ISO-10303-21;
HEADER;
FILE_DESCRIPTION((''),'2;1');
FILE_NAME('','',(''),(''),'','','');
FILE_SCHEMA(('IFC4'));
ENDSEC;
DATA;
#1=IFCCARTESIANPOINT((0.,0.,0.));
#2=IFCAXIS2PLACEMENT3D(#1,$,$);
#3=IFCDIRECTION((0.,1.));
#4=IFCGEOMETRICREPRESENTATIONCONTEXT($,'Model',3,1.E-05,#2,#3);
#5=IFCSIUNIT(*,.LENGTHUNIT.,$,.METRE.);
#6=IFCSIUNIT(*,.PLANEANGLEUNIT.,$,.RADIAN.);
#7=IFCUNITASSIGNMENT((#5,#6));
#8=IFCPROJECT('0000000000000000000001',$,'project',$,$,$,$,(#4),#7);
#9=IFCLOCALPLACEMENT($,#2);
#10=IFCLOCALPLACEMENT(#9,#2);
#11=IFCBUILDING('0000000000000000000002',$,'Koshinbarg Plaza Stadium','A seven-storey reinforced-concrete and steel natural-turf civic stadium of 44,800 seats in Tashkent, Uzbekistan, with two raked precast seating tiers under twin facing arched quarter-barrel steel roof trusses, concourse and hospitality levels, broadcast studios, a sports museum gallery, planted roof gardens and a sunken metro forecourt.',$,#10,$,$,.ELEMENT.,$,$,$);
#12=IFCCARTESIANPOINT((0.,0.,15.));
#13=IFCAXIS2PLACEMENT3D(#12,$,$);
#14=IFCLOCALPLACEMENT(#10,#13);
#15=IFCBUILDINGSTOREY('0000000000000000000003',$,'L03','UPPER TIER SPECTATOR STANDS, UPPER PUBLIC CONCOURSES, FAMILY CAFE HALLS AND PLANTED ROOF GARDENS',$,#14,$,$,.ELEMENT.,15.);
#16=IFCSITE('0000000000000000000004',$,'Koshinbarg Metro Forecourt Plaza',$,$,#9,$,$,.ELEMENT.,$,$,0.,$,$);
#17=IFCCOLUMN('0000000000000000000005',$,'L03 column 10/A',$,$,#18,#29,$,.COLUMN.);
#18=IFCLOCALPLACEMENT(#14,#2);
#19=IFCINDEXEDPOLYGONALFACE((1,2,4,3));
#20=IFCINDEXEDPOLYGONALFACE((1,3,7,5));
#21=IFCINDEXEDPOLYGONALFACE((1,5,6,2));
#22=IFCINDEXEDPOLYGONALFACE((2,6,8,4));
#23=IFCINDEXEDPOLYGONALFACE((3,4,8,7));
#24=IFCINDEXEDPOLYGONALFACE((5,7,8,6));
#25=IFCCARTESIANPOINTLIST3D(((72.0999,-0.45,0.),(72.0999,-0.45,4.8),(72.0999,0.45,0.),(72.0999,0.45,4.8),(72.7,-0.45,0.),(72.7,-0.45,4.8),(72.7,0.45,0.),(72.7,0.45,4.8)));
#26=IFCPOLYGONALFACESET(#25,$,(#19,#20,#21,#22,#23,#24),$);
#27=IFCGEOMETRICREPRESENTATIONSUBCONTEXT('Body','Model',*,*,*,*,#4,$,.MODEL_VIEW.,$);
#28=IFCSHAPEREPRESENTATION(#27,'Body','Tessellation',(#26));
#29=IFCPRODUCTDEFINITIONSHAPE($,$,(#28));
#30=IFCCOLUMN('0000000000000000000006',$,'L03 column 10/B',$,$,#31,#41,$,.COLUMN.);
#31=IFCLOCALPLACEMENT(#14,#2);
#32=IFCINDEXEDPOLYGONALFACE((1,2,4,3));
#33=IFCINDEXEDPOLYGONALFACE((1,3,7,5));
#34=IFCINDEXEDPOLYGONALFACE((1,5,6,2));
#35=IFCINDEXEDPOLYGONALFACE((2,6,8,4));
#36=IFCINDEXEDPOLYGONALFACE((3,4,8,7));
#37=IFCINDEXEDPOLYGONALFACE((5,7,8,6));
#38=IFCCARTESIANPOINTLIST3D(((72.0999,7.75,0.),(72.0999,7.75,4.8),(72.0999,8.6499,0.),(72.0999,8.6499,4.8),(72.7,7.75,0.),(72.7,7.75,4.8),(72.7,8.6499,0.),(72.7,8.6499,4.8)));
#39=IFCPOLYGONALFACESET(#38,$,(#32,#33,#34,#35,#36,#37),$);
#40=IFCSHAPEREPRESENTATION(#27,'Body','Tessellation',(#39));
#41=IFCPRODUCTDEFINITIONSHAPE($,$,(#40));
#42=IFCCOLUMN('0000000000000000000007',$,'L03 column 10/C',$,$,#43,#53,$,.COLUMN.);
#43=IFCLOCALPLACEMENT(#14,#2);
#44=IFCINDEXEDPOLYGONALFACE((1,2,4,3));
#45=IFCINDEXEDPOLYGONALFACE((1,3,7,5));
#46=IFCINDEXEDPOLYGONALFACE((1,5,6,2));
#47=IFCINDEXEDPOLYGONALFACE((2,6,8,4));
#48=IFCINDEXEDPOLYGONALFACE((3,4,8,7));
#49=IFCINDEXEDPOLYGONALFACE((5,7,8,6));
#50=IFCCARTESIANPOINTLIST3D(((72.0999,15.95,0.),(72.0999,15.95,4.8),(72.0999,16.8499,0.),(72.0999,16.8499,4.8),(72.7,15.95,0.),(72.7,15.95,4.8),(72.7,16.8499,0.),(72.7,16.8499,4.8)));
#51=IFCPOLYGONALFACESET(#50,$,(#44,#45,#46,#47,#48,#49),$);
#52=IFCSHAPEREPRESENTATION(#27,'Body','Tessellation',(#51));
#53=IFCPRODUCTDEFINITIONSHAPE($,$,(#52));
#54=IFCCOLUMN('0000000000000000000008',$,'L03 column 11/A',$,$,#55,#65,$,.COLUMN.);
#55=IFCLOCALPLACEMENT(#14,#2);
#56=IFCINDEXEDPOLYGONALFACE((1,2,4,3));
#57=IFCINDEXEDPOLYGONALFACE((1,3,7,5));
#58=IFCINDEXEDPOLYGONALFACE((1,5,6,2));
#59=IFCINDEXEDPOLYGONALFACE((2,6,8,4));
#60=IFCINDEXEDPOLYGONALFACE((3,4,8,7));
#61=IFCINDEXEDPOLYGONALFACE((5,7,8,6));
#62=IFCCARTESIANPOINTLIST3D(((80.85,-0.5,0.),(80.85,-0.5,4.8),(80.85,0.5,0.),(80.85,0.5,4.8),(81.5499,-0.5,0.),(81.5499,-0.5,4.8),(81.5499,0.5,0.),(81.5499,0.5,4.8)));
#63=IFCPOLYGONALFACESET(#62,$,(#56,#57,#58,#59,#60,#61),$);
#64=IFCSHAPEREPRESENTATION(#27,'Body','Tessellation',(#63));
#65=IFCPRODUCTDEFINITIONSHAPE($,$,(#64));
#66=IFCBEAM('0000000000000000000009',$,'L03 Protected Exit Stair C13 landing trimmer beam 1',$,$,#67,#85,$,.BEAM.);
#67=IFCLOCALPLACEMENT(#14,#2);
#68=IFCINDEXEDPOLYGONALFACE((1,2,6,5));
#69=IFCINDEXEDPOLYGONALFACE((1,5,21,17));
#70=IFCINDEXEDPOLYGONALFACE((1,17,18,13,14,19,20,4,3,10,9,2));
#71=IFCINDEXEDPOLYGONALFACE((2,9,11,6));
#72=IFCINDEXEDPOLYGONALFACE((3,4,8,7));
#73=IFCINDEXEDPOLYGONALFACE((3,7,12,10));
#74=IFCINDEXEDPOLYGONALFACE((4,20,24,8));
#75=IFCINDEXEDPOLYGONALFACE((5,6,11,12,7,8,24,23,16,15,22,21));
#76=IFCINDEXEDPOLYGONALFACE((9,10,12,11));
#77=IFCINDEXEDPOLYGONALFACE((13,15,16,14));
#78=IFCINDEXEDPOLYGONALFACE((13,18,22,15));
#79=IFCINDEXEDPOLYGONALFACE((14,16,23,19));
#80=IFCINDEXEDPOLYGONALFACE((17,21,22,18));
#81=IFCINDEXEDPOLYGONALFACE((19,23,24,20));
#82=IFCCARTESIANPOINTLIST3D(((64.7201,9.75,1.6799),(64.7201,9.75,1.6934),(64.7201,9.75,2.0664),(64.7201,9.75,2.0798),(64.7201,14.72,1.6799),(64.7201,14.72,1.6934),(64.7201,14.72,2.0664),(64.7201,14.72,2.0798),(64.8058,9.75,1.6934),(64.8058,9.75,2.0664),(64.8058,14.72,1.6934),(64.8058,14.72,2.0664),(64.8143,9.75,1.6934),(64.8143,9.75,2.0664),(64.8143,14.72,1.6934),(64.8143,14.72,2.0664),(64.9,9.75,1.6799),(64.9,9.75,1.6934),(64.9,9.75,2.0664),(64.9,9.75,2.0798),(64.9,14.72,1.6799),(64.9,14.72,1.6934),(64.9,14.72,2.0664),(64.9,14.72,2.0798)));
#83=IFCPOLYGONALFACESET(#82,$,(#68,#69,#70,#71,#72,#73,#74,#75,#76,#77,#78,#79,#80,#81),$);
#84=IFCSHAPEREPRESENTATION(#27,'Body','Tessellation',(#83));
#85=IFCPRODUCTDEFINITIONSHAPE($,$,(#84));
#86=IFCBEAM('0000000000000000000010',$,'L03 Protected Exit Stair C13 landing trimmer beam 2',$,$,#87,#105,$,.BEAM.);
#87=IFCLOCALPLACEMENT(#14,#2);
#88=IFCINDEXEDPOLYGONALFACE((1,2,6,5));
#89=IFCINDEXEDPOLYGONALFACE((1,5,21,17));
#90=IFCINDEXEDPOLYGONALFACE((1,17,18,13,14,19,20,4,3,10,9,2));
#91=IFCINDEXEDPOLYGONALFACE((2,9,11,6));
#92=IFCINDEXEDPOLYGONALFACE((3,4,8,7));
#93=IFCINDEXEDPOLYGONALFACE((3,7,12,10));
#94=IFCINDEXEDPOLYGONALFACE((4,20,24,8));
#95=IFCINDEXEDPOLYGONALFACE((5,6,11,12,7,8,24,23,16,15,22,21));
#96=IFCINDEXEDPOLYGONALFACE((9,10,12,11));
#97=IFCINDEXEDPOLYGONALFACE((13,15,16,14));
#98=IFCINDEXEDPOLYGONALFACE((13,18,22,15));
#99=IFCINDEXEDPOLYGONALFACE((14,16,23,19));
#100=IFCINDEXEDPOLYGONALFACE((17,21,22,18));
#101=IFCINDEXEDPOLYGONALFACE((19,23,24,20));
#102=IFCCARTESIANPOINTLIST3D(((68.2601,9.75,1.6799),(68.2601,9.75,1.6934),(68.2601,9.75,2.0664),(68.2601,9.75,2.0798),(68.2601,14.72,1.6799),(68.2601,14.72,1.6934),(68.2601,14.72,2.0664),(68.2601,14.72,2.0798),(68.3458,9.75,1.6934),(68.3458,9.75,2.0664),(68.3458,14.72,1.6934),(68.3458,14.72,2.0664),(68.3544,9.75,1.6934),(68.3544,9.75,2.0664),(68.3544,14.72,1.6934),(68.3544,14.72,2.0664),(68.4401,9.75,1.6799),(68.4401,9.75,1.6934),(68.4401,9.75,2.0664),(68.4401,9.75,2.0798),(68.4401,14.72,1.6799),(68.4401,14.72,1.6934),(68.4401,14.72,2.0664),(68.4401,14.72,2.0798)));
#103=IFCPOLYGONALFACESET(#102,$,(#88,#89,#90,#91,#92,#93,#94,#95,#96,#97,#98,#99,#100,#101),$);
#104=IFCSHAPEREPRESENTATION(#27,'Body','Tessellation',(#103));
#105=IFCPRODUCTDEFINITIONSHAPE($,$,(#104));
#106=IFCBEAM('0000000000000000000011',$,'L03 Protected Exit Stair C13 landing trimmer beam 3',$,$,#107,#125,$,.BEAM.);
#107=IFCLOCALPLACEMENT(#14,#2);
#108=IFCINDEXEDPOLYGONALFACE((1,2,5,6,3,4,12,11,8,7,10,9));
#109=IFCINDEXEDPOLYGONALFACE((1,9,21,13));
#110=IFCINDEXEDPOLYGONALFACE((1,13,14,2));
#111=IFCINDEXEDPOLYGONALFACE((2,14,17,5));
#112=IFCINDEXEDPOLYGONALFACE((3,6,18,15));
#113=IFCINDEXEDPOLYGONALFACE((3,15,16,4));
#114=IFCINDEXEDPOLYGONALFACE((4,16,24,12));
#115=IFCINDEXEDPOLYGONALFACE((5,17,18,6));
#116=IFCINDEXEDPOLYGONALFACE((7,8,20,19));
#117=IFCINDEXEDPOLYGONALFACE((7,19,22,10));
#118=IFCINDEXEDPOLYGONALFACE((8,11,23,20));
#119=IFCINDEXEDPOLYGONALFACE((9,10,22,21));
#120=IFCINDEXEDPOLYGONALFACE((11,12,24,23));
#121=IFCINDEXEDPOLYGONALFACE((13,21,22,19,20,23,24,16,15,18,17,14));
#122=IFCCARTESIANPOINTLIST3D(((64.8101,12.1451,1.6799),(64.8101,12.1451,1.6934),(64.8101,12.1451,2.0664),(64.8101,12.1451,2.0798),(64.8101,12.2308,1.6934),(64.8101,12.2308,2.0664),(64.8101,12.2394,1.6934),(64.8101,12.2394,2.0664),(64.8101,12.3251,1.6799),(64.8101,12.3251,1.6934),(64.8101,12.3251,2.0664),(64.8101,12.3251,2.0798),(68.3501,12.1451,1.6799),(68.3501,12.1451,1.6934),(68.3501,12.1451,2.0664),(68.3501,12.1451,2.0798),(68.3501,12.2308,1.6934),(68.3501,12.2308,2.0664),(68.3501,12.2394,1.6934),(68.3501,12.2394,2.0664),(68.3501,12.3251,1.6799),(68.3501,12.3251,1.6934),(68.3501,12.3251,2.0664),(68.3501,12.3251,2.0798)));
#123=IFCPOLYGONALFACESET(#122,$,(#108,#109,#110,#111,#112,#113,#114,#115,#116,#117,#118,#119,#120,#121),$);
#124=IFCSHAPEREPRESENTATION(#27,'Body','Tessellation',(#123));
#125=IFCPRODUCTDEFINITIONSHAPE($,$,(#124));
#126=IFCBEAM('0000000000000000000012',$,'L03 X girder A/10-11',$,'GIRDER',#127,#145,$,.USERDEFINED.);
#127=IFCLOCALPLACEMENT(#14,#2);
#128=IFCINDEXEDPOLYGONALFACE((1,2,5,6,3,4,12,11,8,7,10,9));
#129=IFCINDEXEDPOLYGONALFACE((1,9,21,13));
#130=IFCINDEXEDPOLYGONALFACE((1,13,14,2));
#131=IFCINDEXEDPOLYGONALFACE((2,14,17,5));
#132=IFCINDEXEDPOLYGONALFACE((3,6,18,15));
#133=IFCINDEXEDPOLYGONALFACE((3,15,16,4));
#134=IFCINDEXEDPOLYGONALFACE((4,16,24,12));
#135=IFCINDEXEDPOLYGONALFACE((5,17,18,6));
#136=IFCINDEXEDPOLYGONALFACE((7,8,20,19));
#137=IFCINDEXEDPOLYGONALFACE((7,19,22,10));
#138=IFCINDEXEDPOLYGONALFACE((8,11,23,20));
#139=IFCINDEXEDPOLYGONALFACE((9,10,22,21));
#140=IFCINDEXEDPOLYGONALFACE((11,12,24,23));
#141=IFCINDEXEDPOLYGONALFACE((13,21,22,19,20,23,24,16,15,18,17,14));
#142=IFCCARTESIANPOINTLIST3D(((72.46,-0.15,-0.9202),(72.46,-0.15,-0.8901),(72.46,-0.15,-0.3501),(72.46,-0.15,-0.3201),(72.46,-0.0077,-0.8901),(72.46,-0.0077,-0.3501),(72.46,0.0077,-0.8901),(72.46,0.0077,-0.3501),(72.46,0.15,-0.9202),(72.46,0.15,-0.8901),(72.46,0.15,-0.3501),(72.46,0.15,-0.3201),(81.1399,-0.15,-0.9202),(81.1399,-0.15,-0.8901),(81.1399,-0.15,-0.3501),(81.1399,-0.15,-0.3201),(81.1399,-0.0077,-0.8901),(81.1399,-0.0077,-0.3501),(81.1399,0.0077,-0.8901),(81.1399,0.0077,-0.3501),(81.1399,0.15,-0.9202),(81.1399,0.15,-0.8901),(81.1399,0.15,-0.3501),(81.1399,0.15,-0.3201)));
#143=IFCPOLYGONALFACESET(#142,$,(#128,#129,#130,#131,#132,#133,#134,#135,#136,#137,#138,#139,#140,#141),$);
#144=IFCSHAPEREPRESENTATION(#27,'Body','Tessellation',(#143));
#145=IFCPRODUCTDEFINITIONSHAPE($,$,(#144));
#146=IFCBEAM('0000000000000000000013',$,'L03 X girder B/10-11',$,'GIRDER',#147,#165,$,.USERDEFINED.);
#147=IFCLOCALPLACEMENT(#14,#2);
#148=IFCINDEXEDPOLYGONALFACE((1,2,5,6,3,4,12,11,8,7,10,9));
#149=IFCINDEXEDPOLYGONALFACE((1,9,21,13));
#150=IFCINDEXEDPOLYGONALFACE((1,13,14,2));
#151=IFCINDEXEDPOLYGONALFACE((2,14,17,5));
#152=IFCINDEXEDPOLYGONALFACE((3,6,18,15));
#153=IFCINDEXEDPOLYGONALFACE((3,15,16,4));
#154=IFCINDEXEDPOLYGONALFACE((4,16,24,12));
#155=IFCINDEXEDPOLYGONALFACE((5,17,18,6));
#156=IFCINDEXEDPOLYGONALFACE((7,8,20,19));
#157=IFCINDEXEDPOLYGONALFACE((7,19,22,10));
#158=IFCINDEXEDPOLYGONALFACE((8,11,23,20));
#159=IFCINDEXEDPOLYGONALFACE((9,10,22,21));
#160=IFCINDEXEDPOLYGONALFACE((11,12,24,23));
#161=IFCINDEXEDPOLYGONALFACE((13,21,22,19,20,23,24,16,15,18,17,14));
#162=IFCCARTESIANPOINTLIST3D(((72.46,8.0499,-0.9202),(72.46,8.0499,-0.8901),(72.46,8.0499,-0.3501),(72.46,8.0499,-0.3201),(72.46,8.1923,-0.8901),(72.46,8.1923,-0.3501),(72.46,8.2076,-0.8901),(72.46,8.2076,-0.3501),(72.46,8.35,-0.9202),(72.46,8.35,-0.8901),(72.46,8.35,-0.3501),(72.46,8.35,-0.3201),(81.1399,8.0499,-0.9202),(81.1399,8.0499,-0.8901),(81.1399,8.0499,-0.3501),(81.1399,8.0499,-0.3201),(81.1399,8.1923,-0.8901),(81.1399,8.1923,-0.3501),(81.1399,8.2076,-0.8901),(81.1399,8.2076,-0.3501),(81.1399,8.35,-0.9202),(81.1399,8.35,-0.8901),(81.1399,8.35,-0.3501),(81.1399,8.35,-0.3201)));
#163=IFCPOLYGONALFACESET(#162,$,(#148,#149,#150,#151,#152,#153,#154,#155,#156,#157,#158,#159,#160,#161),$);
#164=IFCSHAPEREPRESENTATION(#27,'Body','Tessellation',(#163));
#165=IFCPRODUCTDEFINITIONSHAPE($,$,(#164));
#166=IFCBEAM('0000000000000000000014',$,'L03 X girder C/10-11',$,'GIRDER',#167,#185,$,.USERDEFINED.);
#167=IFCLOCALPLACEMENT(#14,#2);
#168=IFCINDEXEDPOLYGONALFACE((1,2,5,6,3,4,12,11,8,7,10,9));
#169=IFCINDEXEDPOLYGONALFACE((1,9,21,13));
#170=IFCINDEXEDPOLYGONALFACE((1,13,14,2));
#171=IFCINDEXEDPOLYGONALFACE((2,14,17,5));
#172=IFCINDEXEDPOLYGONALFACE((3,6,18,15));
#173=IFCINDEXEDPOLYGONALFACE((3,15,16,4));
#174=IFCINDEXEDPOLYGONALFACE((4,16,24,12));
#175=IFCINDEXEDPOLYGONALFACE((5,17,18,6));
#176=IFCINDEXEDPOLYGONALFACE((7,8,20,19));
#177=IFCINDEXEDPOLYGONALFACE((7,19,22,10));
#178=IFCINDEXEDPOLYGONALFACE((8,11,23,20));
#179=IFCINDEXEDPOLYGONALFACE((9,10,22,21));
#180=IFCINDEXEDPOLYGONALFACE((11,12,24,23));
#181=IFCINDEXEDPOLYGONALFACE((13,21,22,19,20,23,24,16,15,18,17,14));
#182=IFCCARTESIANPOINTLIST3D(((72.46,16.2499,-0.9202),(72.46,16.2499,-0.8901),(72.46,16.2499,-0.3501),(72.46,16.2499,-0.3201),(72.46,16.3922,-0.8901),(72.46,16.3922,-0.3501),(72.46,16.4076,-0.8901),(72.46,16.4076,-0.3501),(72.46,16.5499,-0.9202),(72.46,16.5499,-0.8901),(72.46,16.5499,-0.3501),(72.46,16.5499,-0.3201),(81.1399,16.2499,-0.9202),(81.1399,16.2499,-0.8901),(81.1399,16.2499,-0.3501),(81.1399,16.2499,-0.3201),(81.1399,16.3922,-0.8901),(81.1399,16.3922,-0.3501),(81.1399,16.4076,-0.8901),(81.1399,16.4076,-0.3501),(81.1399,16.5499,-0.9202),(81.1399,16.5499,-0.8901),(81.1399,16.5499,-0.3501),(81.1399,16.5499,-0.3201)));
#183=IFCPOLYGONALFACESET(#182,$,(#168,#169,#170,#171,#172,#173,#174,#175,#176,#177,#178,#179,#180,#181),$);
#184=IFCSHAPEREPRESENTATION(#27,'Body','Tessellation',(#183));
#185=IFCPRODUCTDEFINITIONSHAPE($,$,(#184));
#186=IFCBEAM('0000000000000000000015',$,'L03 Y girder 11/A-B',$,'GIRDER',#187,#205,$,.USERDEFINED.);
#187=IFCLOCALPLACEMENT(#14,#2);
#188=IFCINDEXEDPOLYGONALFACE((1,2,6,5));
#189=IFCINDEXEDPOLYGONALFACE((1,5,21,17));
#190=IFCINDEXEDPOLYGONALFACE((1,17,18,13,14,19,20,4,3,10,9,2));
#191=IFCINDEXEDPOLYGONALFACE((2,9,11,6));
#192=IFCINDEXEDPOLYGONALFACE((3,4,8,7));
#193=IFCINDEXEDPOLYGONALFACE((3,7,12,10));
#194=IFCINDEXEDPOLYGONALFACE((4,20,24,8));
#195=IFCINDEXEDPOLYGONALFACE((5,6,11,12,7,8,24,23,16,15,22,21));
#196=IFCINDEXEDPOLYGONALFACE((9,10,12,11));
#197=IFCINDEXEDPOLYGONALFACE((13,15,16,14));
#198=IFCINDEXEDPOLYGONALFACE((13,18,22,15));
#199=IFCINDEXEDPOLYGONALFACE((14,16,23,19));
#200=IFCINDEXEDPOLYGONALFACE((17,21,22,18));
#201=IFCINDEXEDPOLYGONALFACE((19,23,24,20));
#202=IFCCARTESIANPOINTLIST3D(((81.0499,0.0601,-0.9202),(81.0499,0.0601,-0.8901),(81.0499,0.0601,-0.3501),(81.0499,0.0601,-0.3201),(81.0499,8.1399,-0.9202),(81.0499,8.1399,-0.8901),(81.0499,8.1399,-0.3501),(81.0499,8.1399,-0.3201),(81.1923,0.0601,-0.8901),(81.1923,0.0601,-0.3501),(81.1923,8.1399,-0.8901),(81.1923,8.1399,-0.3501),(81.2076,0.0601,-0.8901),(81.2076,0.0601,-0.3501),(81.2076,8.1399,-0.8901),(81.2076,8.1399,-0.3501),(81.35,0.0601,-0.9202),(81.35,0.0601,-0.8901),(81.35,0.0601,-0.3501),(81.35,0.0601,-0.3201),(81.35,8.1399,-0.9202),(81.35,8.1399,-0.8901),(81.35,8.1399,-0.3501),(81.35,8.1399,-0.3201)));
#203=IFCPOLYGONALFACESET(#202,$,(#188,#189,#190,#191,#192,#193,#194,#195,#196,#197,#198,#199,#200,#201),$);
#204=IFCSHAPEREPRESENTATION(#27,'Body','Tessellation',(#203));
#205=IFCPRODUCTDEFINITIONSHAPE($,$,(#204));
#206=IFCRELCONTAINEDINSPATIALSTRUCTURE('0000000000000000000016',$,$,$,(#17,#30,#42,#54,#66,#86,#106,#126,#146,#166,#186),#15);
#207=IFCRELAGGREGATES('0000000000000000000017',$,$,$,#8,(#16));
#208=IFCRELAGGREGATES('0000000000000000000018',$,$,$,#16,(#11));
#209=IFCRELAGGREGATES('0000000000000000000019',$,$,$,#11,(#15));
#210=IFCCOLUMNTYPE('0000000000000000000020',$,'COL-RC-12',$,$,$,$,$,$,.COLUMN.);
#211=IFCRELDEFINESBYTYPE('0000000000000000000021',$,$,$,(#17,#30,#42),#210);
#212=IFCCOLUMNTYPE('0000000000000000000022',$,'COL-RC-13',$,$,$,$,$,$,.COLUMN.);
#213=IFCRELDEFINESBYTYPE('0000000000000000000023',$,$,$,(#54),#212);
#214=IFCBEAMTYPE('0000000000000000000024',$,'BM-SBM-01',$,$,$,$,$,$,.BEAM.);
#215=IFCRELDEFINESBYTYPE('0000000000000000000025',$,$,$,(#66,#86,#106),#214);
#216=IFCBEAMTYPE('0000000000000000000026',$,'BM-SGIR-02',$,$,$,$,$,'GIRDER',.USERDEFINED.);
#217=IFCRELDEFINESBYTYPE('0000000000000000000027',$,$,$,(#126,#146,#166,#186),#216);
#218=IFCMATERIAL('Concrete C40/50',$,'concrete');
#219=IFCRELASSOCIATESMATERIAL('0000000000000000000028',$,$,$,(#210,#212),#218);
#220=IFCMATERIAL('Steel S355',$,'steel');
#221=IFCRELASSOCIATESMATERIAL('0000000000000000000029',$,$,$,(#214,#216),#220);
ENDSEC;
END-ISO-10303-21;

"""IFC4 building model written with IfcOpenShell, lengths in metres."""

from ifc_helpers import new_model, si_unit, direction, frame, origin, origin_2d, place, context, subcontext, project, spatial, rectangle, i_section, extrude, material, material_profile, profile_set, type_object, element, save


model = new_model("IFC4")

# Units and contexts
model_context = context("Model", 3, precision=1e-05, world=origin(), true_north=direction((0.0, 1.0)))
body_context = subcontext(model_context, "Body", "Model", "MODEL_VIEW")
ifc_project = project(units=[si_unit("LENGTHUNIT", "METRE"), si_unit("PLANEANGLEUNIT", "RADIAN")], contexts=[model_context])

# Site, building, storey
site_placement = place(None, origin())
site = spatial("IfcSite", under=ifc_project, at=site_placement, Name="Koshinbarg Metro Forecourt Plaza", CompositionType="ELEMENT", RefElevation=0.0)
building_placement = place(site_placement, origin())
building = spatial("IfcBuilding", under=site, at=building_placement, Name="Koshinbarg Plaza Stadium", Description="A seven-storey reinforced-concrete and steel natural-turf civic stadium of 44,800 seats in Tashkent, Uzbekistan, with two raked precast seating tiers under twin facing arched quarter-barrel steel roof trusses, concourse and hospitality levels, broadcast studios, a sports museum gallery, planted roof gardens and a sunken metro forecourt.", CompositionType="ELEMENT")
storey_placement = place(building_placement, frame((0.0, 0.0, 15.0)))
storey = spatial("IfcBuildingStorey", under=building, at=storey_placement, Name="L03", Description="UPPER TIER SPECTATOR STANDS, UPPER PUBLIC CONCOURSES, FAMILY CAFE HALLS AND PLANTED ROOF GARDENS", CompositionType="ELEMENT", Elevation=15.0)

# Columns
ifc_material_1 = material(Name="Concrete C40/50", Category="concrete")
ifc_material_profile_1 = material_profile(ifc_material_1, rectangle(XDim=0.6001, YDim=0.8999, at=origin_2d()), Name="RC 600x900")
ifc_profile_set_1 = profile_set([ifc_material_profile_1], Name="Concrete C40/50")
column_type_1 = type_object("IfcColumnType", Name="COL-RC-12", PredefinedType="COLUMN", material=ifc_profile_set_1)
for number, where, z_axis, x_axis, name in (
    (1, (72.3999, 0.0, 0.0), (0.0, 0.0, 1.0), (1.0, 0.0, 0.0), "L03 column 10/A"),
    (2, (72.3999, 8.2, 0.0), (0.0, 0.0, 1.0), (1.0, 0.0, 0.0), "L03 column 10/B"),
    (3, (72.3999, 16.3999, 0.0), (0.0, 0.0, 1.0), (1.0, 0.0, 0.0), "L03 column 10/C"),
):
    element("IfcColumn", number, at=place(storey_placement, frame(where, z_axis=z_axis, x_axis=x_axis)), inside=storey, type_object=column_type_1, Name=name, PredefinedType="COLUMN", context=body_context, shape_type="SweptSolid", body=[
        extrude(rectangle(XDim=0.6001, YDim=0.8999, at=origin_2d()), origin(), (0.0, 0.0, 1.0), 4.8),
    ])
ifc_material_profile_2 = material_profile(ifc_material_1, rectangle(XDim=0.7, YDim=1.0, at=origin_2d()), Name="RC 700x1000")
ifc_profile_set_2 = profile_set([ifc_material_profile_2], Name="Concrete C40/50")
column_type_2 = type_object("IfcColumnType", Name="COL-RC-13", PredefinedType="COLUMN", material=ifc_profile_set_2)
column_placement = place(storey_placement, frame((81.2, 0.0, 0.0), z_axis=(0.0, 0.0, 1.0), x_axis=(1.0, 0.0, 0.0)))
element("IfcColumn", 4, at=column_placement, inside=storey, type_object=column_type_2, Name="L03 column 11/A", PredefinedType="COLUMN", context=body_context, shape_type="SweptSolid", body=[
    extrude(rectangle(XDim=0.7, YDim=1.0, at=origin_2d()), origin(), (0.0, 0.0, 1.0), 4.8),
])

# Beams
ifc_material_2 = material(Name="Steel S355", Category="steel")
ifc_material_profile_3 = material_profile(ifc_material_2, i_section(OverallWidth=0.1799, OverallDepth=0.3999, WebThickness=0.0085, FlangeThickness=0.0134, at=origin_2d()), Name="IPE 400")
ifc_profile_set_3 = profile_set([ifc_material_profile_3], Name="Steel S355")
beam_type_1 = type_object("IfcBeamType", Name="BM-SBM-01", PredefinedType="BEAM", material=ifc_profile_set_3)
for number, where, z_axis, x_axis, name in (
    (5, (64.8101, 9.75, 1.8799), (0.0, 1.0, 0.0), (-1.0, 0.0, 0.0), "L03 Protected Exit Stair C13 landing trimmer beam 1"),
    (6, (68.3501, 9.75, 1.8799), (0.0, 1.0, 0.0), (-1.0, 0.0, 0.0), "L03 Protected Exit Stair C13 landing trimmer beam 2"),
):
    element("IfcBeam", number, at=place(storey_placement, frame(where, z_axis=z_axis, x_axis=x_axis)), inside=storey, type_object=beam_type_1, Name=name, PredefinedType="BEAM", context=body_context, shape_type="SweptSolid", body=[
        extrude(i_section(OverallWidth=0.1799, OverallDepth=0.3999, WebThickness=0.0085, FlangeThickness=0.0134, at=origin_2d()), origin(), (0.0, 0.0, 1.0), 4.97),
    ])
beam_1_placement = place(storey_placement, frame((64.8101, 12.2351, 1.8799), z_axis=(1.0, 0.0, 0.0), x_axis=(0.0, 1.0, 0.0)))
element("IfcBeam", 7, at=beam_1_placement, inside=storey, type_object=beam_type_1, Name="L03 Protected Exit Stair C13 landing trimmer beam 3", PredefinedType="BEAM", context=body_context, shape_type="SweptSolid", body=[
    extrude(i_section(OverallWidth=0.1799, OverallDepth=0.3999, WebThickness=0.0085, FlangeThickness=0.0134, at=origin_2d()), origin(), (0.0, 0.0, 1.0), 3.54),
])
ifc_material_profile_4 = material_profile(ifc_material_2, i_section(OverallWidth=0.3, OverallDepth=0.6001, WebThickness=0.0154, FlangeThickness=0.03, at=origin_2d()), Name="HEB 600")
ifc_profile_set_4 = profile_set([ifc_material_profile_4], Name="Steel S355")
beam_type_2 = type_object("IfcBeamType", Name="BM-SGIR-02", ElementType="GIRDER", PredefinedType="USERDEFINED", material=ifc_profile_set_4)
for number, where, z_axis, x_axis, name in (
    (8, (72.46, 0.0, -0.6201), (1.0, 0.0, 0.0), (0.0, 1.0, 0.0), "L03 X girder A/10-11"),
    (9, (72.46, 8.2, -0.6201), (1.0, 0.0, 0.0), (0.0, 1.0, 0.0), "L03 X girder B/10-11"),
    (10, (72.46, 16.3999, -0.6201), (1.0, 0.0, 0.0), (0.0, 1.0, 0.0), "L03 X girder C/10-11"),
):
    element("IfcBeam", number, at=place(storey_placement, frame(where, z_axis=z_axis, x_axis=x_axis)), inside=storey, type_object=beam_type_2, Name=name, ObjectType="GIRDER", PredefinedType="USERDEFINED", context=body_context, shape_type="SweptSolid", body=[
        extrude(i_section(OverallWidth=0.3, OverallDepth=0.6001, WebThickness=0.0154, FlangeThickness=0.03, at=origin_2d()), origin(), (0.0, 0.0, 1.0), 8.6799),
    ])
beam_2_placement = place(storey_placement, frame((81.2, 0.0601, -0.6201), z_axis=(0.0, 1.0, 0.0), x_axis=(-1.0, 0.0, 0.0)))
element("IfcBeam", 11, at=beam_2_placement, inside=storey, type_object=beam_type_2, Name="L03 Y girder 11/A-B", ObjectType="GIRDER", PredefinedType="USERDEFINED", context=body_context, shape_type="SweptSolid", body=[
    extrude(i_section(OverallWidth=0.3, OverallDepth=0.6001, WebThickness=0.0154, FlangeThickness=0.03, at=origin_2d()), origin(), (0.0, 0.0, 1.0), 8.0798),
])

save(model, "model.ifc")
